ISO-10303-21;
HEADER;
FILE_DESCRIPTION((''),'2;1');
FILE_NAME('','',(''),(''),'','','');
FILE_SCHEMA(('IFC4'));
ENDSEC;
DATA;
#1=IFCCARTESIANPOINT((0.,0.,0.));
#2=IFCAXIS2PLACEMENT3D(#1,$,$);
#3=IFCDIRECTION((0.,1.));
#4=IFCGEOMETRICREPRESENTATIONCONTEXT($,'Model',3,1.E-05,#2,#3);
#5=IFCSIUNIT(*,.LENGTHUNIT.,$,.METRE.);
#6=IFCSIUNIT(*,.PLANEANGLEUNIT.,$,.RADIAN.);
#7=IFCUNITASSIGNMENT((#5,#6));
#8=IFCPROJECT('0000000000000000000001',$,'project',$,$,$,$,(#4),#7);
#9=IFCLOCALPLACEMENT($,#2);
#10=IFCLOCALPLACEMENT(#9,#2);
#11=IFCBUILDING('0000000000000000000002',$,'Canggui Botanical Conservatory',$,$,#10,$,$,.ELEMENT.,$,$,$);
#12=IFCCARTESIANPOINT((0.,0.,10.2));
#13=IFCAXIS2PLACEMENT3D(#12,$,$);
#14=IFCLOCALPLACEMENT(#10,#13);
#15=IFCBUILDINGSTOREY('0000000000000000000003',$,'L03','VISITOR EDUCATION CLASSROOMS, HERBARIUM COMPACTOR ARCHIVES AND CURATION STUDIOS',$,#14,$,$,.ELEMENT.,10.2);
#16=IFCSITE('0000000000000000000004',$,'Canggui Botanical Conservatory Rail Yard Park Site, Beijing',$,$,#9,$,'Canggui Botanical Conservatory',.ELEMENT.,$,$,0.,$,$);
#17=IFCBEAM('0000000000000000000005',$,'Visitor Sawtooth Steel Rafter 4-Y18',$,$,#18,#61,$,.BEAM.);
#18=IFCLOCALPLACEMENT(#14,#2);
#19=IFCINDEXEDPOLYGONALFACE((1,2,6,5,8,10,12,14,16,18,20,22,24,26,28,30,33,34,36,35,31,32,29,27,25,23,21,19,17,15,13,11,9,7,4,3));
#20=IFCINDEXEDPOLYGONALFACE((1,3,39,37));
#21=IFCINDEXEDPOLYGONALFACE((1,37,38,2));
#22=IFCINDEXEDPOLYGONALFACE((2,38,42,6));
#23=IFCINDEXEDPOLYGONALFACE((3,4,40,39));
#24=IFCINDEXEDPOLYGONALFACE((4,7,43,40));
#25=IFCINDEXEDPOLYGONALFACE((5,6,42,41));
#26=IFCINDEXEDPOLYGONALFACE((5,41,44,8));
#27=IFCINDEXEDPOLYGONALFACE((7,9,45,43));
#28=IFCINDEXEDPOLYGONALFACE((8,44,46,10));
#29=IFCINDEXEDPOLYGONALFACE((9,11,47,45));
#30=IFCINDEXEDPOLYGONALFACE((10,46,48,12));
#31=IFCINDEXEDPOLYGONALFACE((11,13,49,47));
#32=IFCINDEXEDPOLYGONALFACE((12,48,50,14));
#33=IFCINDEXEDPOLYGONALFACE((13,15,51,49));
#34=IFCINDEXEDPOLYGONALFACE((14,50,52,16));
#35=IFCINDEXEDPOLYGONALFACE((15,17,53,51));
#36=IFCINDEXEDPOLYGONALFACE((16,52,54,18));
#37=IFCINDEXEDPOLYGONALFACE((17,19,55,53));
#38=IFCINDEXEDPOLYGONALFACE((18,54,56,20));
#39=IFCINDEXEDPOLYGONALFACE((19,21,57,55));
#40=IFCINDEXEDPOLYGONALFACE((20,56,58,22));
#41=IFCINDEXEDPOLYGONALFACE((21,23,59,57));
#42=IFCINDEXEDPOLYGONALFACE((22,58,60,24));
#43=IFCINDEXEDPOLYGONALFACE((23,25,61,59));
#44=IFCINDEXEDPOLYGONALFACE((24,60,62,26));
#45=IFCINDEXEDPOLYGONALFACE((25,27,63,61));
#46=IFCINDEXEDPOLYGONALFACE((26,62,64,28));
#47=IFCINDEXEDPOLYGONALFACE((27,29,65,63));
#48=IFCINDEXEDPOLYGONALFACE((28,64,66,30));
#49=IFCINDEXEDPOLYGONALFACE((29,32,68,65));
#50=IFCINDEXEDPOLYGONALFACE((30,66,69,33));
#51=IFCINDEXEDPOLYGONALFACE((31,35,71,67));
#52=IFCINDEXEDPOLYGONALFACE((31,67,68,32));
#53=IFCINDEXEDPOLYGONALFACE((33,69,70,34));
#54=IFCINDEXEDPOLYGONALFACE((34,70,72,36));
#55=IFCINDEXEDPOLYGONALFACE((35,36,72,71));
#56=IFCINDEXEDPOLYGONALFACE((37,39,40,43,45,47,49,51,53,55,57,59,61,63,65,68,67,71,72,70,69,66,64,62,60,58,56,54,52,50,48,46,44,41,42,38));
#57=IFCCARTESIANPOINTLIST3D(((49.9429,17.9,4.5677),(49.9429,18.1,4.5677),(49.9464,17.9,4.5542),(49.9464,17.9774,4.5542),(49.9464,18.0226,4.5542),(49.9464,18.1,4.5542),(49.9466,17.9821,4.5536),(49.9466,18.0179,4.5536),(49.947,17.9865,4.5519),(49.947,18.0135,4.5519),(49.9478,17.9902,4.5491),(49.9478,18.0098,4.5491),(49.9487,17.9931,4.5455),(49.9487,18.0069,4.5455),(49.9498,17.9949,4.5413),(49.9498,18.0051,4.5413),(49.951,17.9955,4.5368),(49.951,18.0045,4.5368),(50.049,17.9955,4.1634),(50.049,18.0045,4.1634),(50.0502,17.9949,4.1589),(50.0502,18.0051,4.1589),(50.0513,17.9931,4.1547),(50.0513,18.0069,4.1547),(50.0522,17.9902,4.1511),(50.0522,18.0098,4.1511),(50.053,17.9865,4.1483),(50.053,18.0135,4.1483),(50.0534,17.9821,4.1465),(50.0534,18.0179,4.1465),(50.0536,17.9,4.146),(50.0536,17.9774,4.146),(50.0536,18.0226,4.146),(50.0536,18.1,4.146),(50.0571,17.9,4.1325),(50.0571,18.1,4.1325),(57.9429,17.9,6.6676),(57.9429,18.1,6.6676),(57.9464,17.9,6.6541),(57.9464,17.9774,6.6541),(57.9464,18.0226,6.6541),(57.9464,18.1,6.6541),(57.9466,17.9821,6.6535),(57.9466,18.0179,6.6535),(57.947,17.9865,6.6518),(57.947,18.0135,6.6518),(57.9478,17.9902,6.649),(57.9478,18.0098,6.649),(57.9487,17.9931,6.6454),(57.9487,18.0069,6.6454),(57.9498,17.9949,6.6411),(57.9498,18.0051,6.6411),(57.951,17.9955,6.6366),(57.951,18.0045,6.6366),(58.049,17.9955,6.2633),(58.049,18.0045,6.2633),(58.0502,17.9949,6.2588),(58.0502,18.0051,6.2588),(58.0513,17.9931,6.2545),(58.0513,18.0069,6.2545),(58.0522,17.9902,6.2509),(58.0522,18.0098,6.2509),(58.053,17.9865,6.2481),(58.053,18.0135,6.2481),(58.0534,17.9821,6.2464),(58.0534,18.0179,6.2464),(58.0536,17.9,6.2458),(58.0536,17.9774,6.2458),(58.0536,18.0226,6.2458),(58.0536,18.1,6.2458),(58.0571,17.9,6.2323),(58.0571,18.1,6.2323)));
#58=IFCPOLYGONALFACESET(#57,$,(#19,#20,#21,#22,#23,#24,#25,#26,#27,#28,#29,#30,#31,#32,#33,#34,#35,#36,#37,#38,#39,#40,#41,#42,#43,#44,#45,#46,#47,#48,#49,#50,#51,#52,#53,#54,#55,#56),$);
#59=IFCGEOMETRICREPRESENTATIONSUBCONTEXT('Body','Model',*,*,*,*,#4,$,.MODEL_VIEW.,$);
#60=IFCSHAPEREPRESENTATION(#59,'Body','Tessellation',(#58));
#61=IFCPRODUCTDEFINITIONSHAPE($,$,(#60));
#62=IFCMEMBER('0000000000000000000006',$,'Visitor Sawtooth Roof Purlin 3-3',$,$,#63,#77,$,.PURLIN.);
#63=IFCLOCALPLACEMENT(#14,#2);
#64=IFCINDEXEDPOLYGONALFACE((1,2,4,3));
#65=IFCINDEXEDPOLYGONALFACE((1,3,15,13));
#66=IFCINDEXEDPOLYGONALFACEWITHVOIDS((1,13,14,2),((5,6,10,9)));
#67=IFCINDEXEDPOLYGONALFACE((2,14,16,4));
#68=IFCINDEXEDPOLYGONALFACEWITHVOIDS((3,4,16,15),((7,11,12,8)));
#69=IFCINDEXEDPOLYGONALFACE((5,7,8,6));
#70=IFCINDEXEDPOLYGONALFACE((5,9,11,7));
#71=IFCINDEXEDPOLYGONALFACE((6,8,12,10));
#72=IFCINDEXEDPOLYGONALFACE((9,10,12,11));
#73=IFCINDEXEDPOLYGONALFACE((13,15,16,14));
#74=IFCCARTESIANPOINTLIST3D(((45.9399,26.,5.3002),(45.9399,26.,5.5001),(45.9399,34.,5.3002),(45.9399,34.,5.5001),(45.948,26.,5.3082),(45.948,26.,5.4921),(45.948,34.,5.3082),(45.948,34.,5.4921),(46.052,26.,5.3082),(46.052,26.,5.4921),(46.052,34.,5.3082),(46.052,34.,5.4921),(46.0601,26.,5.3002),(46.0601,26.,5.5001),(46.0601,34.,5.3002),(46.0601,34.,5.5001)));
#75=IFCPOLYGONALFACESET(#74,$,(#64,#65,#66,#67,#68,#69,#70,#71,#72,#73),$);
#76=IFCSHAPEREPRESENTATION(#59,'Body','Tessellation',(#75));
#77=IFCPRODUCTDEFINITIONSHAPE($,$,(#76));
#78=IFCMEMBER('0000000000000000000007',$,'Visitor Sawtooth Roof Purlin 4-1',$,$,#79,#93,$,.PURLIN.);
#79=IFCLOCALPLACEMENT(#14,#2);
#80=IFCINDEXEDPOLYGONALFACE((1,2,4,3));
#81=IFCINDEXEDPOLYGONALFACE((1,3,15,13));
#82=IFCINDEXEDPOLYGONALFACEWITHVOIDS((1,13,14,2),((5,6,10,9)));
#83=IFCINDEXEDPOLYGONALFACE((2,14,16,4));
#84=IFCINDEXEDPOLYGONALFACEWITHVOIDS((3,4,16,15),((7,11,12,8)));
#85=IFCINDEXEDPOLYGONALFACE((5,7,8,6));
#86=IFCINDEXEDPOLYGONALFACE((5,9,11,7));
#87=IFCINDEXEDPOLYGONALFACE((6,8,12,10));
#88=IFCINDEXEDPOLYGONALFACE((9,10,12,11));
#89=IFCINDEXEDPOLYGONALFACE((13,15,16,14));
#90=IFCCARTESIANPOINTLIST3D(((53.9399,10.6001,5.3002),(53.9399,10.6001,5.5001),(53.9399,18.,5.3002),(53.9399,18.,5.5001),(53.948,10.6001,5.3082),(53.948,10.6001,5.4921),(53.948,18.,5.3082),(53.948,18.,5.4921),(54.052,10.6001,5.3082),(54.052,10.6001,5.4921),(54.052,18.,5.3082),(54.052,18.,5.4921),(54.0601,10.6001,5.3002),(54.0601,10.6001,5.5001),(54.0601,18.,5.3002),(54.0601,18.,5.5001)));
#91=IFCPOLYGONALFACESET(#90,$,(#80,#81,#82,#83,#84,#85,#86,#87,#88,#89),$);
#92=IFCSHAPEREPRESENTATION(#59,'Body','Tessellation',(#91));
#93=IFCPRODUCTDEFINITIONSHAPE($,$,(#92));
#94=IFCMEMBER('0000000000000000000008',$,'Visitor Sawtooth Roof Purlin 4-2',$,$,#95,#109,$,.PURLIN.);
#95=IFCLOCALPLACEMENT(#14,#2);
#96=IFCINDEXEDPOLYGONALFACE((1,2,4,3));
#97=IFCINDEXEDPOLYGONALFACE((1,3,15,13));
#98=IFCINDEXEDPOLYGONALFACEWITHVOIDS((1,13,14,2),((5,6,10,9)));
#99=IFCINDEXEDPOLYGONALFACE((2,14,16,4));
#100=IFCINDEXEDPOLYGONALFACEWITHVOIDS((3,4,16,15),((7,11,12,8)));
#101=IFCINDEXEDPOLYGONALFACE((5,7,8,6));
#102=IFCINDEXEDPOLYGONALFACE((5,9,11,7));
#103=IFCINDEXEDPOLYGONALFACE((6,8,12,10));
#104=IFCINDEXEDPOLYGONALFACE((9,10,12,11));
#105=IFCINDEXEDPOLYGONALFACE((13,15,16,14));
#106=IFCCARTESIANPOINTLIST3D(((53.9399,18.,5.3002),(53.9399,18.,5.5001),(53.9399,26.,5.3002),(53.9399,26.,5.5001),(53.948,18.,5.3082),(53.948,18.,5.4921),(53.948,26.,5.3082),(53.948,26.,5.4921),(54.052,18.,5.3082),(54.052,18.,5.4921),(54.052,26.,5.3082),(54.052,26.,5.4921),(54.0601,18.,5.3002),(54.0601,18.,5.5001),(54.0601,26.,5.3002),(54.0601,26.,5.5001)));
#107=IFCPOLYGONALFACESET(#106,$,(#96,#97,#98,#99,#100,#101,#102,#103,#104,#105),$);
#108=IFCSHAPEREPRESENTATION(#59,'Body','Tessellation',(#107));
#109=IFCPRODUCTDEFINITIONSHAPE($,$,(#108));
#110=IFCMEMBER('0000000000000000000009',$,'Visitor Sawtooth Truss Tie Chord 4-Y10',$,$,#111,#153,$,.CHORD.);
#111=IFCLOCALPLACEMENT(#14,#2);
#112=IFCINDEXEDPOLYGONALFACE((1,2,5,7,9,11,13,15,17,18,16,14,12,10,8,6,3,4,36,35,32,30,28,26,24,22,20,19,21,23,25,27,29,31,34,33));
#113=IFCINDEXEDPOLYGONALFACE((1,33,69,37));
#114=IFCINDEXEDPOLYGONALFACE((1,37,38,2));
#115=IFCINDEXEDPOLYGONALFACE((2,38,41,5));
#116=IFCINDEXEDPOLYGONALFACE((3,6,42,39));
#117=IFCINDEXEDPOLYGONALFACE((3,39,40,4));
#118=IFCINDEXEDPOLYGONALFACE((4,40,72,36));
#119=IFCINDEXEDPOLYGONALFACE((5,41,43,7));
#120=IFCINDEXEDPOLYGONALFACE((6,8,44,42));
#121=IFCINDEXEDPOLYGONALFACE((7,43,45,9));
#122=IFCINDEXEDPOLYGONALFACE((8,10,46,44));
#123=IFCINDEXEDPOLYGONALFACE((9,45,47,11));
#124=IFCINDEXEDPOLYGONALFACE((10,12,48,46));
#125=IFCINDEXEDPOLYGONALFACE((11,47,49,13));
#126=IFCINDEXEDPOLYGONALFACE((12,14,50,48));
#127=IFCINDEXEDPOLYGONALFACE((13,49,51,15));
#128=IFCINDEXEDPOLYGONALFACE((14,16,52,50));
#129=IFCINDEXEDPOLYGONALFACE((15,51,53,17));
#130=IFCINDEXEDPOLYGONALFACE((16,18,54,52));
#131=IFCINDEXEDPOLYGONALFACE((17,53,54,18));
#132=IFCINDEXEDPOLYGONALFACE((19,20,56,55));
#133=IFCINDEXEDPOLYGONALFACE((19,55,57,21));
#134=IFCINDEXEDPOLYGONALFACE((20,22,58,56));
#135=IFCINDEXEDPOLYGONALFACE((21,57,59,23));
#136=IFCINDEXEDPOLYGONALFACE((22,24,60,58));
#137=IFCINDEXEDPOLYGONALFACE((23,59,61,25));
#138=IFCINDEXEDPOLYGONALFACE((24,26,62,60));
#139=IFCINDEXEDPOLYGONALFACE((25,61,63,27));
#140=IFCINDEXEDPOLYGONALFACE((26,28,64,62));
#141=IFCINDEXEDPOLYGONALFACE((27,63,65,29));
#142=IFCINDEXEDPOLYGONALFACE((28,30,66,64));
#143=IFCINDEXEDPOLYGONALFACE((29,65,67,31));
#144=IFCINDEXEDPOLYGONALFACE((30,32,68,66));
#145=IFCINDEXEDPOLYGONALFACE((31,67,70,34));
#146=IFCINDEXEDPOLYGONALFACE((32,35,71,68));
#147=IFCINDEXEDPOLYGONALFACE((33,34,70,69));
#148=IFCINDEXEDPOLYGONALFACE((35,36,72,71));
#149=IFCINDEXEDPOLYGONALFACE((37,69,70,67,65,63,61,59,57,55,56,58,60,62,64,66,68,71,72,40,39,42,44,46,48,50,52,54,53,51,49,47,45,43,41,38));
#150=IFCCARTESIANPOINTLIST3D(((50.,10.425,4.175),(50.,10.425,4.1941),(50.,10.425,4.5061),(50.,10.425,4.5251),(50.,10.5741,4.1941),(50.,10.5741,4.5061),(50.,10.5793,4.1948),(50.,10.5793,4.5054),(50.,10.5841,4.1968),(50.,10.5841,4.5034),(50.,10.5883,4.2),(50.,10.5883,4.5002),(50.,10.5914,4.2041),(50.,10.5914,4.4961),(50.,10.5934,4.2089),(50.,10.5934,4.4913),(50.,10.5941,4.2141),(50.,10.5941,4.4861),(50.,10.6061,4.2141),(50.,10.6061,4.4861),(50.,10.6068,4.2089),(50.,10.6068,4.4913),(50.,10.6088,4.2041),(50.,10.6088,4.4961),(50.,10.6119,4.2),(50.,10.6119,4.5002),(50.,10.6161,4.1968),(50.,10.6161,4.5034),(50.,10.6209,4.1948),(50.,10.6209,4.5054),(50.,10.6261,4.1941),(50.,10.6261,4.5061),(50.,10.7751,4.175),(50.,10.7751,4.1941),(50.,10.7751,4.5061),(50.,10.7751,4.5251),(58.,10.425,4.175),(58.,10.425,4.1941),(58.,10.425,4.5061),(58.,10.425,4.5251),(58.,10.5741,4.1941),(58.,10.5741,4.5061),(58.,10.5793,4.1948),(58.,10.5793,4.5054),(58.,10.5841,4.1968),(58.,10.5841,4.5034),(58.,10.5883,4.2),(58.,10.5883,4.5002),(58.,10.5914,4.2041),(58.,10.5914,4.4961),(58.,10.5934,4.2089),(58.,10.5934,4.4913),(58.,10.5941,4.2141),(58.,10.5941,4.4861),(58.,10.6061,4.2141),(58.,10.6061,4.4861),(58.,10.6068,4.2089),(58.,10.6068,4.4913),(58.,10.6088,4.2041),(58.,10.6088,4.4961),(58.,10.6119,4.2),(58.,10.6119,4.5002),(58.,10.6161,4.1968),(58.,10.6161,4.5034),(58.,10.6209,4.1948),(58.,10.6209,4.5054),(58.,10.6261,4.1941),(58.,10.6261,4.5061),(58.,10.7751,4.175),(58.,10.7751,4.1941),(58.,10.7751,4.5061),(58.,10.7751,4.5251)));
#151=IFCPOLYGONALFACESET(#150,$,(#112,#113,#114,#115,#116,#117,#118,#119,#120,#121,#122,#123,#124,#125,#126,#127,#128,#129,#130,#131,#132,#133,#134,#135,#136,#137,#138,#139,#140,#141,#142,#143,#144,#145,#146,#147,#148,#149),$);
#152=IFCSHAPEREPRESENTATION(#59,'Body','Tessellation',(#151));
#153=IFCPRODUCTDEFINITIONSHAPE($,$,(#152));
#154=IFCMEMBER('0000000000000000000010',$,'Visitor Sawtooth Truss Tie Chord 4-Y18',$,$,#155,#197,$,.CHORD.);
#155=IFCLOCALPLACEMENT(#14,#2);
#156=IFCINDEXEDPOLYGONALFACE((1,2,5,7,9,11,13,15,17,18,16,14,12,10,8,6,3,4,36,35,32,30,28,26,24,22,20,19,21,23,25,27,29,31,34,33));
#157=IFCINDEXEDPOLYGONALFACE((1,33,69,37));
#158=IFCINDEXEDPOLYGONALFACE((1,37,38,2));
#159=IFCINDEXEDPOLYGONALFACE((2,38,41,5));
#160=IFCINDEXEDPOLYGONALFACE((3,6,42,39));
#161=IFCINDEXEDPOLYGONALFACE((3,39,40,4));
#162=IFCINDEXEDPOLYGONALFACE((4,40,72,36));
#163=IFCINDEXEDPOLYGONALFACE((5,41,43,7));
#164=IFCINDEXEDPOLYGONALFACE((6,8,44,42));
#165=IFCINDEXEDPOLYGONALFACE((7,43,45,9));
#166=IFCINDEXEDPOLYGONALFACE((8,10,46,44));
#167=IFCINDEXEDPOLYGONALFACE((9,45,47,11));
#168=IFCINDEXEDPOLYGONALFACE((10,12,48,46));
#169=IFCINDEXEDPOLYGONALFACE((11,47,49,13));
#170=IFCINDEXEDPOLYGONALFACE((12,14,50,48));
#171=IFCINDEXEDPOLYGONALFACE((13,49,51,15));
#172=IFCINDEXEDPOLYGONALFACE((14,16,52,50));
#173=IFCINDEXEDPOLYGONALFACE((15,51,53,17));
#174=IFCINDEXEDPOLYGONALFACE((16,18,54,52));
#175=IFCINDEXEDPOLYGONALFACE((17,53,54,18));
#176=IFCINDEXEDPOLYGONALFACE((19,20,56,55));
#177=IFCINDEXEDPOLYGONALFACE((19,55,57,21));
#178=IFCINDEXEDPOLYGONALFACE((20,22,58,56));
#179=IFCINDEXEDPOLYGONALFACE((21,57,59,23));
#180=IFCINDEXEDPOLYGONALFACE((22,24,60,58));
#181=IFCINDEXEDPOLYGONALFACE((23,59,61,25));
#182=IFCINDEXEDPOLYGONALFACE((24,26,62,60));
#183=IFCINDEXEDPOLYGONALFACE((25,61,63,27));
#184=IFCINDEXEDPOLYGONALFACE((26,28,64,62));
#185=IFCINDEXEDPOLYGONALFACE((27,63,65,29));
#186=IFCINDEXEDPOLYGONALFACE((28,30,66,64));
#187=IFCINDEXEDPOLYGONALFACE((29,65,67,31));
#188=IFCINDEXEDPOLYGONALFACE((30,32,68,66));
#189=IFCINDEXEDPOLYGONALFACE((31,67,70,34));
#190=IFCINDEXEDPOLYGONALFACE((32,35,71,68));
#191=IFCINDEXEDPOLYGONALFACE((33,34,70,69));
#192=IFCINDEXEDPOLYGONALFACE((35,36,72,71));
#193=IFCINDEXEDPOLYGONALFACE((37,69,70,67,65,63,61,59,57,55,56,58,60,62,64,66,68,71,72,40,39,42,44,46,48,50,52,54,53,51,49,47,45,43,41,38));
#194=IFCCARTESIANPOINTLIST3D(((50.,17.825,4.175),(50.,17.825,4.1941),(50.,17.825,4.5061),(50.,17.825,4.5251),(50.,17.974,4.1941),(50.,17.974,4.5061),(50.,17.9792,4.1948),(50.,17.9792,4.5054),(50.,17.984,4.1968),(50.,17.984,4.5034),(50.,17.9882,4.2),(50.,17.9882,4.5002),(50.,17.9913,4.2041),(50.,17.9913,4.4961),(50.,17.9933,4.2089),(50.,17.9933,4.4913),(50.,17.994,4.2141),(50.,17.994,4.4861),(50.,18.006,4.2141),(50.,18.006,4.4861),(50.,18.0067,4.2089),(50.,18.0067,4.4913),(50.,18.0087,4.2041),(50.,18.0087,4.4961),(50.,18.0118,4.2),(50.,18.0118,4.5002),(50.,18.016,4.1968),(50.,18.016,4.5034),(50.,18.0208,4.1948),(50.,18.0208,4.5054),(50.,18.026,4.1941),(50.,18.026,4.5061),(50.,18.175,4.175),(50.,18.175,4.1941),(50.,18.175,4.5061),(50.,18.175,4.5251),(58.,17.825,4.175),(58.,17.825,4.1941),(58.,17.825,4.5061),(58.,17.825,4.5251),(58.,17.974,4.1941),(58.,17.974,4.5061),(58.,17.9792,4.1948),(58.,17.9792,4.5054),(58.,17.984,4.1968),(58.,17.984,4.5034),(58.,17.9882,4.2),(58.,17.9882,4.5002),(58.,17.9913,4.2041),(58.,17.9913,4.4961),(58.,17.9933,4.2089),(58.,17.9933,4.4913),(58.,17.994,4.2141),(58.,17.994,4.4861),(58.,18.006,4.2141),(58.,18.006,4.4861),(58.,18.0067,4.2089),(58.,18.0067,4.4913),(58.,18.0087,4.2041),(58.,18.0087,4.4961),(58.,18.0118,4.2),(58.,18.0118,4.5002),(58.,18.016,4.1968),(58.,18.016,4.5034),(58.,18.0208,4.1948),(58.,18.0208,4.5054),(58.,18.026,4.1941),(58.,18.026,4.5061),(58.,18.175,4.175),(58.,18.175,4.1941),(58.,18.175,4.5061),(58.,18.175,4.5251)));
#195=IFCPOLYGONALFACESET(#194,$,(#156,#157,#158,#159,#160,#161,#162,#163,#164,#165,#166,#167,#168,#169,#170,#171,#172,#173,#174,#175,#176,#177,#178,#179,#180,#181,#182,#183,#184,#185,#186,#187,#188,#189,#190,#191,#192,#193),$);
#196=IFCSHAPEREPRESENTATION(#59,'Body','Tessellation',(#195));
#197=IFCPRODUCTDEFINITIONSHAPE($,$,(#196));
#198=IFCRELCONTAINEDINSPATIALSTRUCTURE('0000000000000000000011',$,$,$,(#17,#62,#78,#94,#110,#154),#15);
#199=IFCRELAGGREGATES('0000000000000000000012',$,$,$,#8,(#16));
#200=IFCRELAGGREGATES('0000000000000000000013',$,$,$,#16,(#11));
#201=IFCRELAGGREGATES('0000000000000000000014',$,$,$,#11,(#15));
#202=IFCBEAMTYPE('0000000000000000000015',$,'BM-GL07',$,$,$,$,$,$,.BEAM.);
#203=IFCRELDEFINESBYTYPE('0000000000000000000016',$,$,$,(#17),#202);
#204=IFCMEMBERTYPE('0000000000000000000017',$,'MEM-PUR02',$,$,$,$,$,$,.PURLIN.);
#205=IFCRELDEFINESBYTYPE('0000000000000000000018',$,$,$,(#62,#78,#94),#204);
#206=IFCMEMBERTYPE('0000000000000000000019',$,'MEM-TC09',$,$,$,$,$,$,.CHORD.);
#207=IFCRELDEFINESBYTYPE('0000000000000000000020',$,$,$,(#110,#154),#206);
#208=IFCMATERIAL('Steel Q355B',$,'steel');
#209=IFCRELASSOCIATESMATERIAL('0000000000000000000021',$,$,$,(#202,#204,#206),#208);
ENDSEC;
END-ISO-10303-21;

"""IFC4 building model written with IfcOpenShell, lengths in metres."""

from ifc_helpers import new_model, si_unit, direction, frame, origin, origin_2d, place, context, subcontext, project, spatial, hollow_rectangle, i_section, extrude, material, material_profile, profile_set, type_object, element, save


model = new_model("IFC4")

# Units and contexts
model_context = context("Model", 3, precision=1e-05, world=origin(), true_north=direction((0.0, 1.0)))
body_context = subcontext(model_context, "Body", "Model", "MODEL_VIEW")
ifc_project = project(units=[si_unit("LENGTHUNIT", "METRE"), si_unit("PLANEANGLEUNIT", "RADIAN")], contexts=[model_context])

# Site, building, storey
site_placement = place(None, origin())
site = spatial("IfcSite", under=ifc_project, at=site_placement, Name="Canggui Botanical Conservatory Rail Yard Park Site, Beijing", LongName="Canggui Botanical Conservatory", CompositionType="ELEMENT", RefElevation=0.0)
building_placement = place(site_placement, origin())
building = spatial("IfcBuilding", under=site, at=building_placement, Name="Canggui Botanical Conservatory", CompositionType="ELEMENT")
storey_placement = place(building_placement, frame((0.0, 0.0, 10.2)))
storey = spatial("IfcBuildingStorey", under=building, at=storey_placement, Name="L03", Description="VISITOR EDUCATION CLASSROOMS, HERBARIUM COMPACTOR ARCHIVES AND CURATION STUDIOS", CompositionType="ELEMENT", Elevation=10.2)

# Beam
ifc_material_1 = material(Name="Steel Q355B", Category="steel")
ifc_material_profile_1 = material_profile(ifc_material_1, i_section(OverallWidth=0.2, OverallDepth=0.45, WebThickness=0.009, FlangeThickness=0.0139, FilletRadius=0.0181, at=origin_2d()), Name="HN 450x200x9x14")
ifc_profile_set_1 = profile_set([ifc_material_profile_1], Name="Steel Q355B")
beam_type_1 = type_object("IfcBeamType", Name="BM-GL07", PredefinedType="BEAM", material=ifc_profile_set_1)
for number, where, z_axis, x_axis, name in (
    (1, (50.0, 18.0, 4.3501), (0.967235, 0.0, 0.253882), (0.0, 1.0, 0.0), "Visitor Sawtooth Steel Rafter 4-Y18"),
):
    element("IfcBeam", number, at=place(storey_placement, frame(where, z_axis=z_axis, x_axis=x_axis)), inside=storey, type_object=beam_type_1, Name=name, PredefinedType="BEAM", context=body_context, shape_type="SweptSolid", body=[
        extrude(i_section(OverallWidth=0.2, OverallDepth=0.45, WebThickness=0.009, FlangeThickness=0.0139, FilletRadius=0.0181, at=origin_2d()), origin(), (0.0, 0.0, 1.0), 8.271),
    ])

# Members
ifc_material_profile_2 = material_profile(ifc_material_1, hollow_rectangle(XDim=0.1201, YDim=0.2, WallThickness=0.0081, at=origin_2d()), Name="RHS 120x200x8")
ifc_profile_set_2 = profile_set([ifc_material_profile_2], Name="Steel Q355B")
member_type_1 = type_object("IfcMemberType", Name="MEM-PUR02", PredefinedType="PURLIN", material=ifc_profile_set_2)
member_1_placement = place(storey_placement, frame((46.0, 26.0, 5.4001), z_axis=(0.0, 1.0, 0.0), x_axis=(-1.0, 0.0, 0.0)))
element("IfcMember", 2, at=member_1_placement, inside=storey, type_object=member_type_1, Name="Visitor Sawtooth Roof Purlin 3-3", PredefinedType="PURLIN", context=body_context, shape_type="SweptSolid", body=[
    extrude(hollow_rectangle(XDim=0.1201, YDim=0.2, WallThickness=0.0081, at=origin_2d()), origin(), (0.0, 0.0, 1.0), 8.0),
])
member_2_placement = place(storey_placement, frame((54.0, 10.6001, 5.4001), z_axis=(0.0, 1.0, 0.0), x_axis=(-1.0, 0.0, 0.0)))
element("IfcMember", 3, at=member_2_placement, inside=storey, type_object=member_type_1, Name="Visitor Sawtooth Roof Purlin 4-1", PredefinedType="PURLIN", context=body_context, shape_type="SweptSolid", body=[
    extrude(hollow_rectangle(XDim=0.1201, YDim=0.2, WallThickness=0.0081, at=origin_2d()), origin(), (0.0, 0.0, 1.0), 7.3999),
])
member_3_placement = place(storey_placement, frame((54.0, 18.0, 5.4001), z_axis=(0.0, 1.0, 0.0), x_axis=(-1.0, 0.0, 0.0)))
element("IfcMember", 4, at=member_3_placement, inside=storey, type_object=member_type_1, Name="Visitor Sawtooth Roof Purlin 4-2", PredefinedType="PURLIN", context=body_context, shape_type="SweptSolid", body=[
    extrude(hollow_rectangle(XDim=0.1201, YDim=0.2, WallThickness=0.0081, at=origin_2d()), origin(), (0.0, 0.0, 1.0), 8.0),
])
ifc_material_profile_3 = material_profile(ifc_material_1, i_section(OverallWidth=0.3501, OverallDepth=0.3501, WebThickness=0.012, FlangeThickness=0.019, FilletRadius=0.02, at=origin_2d()), Name="HW 350x350x12x19")
ifc_profile_set_3 = profile_set([ifc_material_profile_3], Name="Steel Q355B")
member_type_2 = type_object("IfcMemberType", Name="MEM-TC09", PredefinedType="CHORD", material=ifc_profile_set_3)
for number, where, z_axis, x_axis, name in (
    (5, (50.0, 10.6001, 4.3501), (1.0, 0.0, 0.0), (0.0, 1.0, 0.0), "Visitor Sawtooth Truss Tie Chord 4-Y10"),
    (6, (50.0, 18.0, 4.3501), (1.0, 0.0, 0.0), (0.0, 1.0, 0.0), "Visitor Sawtooth Truss Tie Chord 4-Y18"),
):
    element("IfcMember", number, at=place(storey_placement, frame(where, z_axis=z_axis, x_axis=x_axis)), inside=storey, type_object=member_type_2, Name=name, PredefinedType="CHORD", context=body_context, shape_type="SweptSolid", body=[
        extrude(i_section(OverallWidth=0.3501, OverallDepth=0.3501, WebThickness=0.012, FlangeThickness=0.019, FilletRadius=0.02, at=origin_2d()), origin(), (0.0, 0.0, 1.0), 8.0),
    ])

save(model, "model.ifc")
